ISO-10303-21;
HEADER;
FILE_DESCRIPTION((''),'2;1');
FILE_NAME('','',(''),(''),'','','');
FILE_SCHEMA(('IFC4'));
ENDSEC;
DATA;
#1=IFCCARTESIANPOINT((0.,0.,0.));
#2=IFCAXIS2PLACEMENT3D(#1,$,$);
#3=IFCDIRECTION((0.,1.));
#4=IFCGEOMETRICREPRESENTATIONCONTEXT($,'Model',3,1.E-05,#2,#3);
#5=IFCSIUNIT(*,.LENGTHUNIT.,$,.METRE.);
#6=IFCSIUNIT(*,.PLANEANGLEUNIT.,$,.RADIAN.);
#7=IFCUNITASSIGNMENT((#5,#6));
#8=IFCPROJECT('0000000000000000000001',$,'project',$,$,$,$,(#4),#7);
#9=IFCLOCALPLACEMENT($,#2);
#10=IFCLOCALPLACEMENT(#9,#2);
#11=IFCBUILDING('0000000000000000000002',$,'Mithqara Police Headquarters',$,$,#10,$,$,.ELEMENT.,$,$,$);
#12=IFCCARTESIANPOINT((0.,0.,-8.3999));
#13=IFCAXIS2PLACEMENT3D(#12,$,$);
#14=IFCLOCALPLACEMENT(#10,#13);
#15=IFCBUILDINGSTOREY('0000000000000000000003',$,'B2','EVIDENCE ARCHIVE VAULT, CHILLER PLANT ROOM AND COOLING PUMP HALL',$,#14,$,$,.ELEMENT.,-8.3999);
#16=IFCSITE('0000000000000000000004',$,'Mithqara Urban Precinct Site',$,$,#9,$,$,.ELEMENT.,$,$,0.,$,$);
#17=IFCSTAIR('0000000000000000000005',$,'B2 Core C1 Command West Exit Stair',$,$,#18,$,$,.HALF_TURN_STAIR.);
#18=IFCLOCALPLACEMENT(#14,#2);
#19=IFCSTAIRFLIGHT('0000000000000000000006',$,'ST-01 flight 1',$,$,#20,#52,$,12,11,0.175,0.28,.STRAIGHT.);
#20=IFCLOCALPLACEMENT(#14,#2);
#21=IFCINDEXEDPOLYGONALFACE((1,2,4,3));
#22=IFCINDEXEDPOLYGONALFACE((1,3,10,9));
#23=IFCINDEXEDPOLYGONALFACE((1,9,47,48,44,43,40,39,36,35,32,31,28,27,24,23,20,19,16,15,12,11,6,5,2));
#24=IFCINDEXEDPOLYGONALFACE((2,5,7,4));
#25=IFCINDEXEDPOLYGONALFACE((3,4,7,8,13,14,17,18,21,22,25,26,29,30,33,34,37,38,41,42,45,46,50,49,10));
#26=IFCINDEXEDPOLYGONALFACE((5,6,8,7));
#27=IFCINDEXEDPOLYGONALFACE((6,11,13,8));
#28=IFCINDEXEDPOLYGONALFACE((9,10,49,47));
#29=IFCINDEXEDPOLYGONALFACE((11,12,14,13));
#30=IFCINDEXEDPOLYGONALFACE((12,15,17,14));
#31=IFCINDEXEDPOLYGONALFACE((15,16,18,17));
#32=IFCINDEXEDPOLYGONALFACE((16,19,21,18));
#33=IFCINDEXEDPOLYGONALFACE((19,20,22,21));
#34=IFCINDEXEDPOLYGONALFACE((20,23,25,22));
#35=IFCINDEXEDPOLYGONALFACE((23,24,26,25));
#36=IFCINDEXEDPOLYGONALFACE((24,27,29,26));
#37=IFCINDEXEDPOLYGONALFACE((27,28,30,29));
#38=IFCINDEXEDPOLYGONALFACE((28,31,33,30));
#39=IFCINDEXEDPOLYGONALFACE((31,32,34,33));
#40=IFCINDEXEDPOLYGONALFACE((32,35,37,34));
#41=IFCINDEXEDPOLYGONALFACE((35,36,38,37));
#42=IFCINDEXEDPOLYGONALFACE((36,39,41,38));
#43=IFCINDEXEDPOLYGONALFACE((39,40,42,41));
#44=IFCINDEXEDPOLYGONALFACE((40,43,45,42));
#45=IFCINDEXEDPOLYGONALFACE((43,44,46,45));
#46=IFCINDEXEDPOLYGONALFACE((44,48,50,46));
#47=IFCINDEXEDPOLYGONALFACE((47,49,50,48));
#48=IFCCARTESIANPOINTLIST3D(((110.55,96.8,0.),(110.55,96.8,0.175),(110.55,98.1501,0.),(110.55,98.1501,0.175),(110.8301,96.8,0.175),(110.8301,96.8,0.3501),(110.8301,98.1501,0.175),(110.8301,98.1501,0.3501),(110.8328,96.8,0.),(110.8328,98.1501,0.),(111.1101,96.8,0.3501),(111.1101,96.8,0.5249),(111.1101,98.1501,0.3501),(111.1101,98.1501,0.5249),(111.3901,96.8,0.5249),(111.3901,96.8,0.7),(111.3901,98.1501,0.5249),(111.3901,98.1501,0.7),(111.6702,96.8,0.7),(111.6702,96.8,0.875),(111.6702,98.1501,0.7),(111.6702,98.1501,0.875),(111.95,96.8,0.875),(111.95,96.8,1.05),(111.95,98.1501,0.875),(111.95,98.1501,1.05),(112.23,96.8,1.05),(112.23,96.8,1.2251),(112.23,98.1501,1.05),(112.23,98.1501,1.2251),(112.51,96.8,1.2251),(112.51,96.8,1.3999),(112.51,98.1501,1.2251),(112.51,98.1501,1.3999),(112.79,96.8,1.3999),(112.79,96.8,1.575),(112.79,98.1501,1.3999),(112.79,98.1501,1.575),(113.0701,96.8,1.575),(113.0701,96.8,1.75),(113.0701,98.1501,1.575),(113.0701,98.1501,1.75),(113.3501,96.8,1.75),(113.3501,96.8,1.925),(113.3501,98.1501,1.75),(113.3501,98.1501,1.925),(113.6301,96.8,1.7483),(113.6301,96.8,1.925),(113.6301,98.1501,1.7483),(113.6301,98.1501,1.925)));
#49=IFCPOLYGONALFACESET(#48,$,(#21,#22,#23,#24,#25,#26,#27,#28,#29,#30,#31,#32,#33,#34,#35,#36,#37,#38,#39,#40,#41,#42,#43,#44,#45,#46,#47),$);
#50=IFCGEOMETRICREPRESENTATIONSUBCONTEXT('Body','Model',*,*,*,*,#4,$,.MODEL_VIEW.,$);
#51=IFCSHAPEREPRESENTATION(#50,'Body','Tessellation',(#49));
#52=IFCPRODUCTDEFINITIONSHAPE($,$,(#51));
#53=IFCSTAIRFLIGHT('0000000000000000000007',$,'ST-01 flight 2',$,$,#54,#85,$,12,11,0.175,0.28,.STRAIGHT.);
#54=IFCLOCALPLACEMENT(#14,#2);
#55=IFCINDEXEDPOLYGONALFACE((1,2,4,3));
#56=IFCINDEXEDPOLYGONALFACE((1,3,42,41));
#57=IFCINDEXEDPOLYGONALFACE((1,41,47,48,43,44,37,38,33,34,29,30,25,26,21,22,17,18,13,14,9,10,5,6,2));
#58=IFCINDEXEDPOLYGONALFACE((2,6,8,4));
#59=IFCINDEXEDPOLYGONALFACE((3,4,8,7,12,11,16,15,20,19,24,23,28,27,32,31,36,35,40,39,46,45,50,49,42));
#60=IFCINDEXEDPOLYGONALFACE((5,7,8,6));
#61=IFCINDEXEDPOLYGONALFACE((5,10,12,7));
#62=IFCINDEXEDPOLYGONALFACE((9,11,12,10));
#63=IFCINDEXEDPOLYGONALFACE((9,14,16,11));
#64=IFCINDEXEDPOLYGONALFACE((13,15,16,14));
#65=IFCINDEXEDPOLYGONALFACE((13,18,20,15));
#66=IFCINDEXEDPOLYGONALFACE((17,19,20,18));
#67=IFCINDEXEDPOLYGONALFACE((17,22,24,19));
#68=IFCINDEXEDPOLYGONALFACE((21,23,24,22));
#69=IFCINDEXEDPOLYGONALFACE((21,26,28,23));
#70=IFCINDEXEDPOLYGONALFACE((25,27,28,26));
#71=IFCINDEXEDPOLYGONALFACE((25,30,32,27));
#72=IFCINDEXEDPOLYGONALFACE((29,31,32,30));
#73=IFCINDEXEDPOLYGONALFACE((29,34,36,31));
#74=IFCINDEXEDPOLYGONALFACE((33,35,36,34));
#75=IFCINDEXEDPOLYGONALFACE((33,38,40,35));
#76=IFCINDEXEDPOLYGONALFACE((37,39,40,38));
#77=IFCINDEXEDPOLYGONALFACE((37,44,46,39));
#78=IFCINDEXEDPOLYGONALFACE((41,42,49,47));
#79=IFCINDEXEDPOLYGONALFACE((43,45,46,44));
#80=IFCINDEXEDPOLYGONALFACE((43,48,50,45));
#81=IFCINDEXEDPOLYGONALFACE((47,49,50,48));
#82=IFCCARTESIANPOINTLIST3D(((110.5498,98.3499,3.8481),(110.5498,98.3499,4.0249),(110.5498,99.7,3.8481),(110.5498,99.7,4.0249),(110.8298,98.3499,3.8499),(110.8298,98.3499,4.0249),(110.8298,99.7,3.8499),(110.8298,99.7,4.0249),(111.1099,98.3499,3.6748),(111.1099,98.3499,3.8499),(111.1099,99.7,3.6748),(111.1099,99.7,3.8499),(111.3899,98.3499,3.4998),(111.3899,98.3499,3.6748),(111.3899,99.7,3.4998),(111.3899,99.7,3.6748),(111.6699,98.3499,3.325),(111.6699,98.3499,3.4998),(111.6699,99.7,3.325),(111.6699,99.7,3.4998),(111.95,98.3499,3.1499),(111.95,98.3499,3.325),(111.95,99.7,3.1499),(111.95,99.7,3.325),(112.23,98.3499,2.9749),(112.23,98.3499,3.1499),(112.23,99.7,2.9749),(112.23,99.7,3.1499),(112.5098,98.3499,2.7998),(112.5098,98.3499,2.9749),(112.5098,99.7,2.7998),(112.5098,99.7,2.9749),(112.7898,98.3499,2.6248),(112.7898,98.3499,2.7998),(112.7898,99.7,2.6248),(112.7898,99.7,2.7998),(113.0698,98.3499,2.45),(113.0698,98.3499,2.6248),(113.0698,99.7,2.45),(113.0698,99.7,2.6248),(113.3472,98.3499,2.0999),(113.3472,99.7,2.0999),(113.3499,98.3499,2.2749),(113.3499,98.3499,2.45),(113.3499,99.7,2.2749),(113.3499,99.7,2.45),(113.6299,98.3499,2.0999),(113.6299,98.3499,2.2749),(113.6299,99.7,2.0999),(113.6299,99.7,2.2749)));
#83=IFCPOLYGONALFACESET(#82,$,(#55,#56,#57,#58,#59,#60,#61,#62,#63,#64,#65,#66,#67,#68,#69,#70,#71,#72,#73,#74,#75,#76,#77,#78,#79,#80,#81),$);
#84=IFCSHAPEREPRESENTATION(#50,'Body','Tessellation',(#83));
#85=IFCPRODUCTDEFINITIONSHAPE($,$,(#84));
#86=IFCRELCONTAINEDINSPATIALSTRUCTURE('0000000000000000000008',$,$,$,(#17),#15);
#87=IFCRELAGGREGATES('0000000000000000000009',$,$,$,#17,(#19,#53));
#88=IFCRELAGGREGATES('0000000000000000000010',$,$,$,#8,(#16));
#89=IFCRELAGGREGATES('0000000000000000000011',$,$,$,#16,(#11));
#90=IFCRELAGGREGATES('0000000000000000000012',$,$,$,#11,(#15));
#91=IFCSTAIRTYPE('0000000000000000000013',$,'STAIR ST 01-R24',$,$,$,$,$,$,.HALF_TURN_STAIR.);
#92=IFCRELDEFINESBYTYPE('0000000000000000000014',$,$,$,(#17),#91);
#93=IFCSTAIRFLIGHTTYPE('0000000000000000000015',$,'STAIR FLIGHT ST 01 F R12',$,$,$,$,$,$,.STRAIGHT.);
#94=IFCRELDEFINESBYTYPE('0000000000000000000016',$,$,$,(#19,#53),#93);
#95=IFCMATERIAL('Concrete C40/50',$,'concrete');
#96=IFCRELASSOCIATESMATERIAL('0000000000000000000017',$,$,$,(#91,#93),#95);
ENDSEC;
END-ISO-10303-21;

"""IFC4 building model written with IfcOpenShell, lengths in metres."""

from ifc_helpers import new_model, si_unit, direction, frame, origin, place, context, subcontext, project, spatial, polyline, outline, extrude, material, type_object, element, aggregate, save


model = new_model("IFC4")

# Units and contexts
model_context = context("Model", 3, precision=1e-05, world=origin(), true_north=direction((0.0, 1.0)))
body_context = subcontext(model_context, "Body", "Model", "MODEL_VIEW")
ifc_project = project(units=[si_unit("LENGTHUNIT", "METRE"), si_unit("PLANEANGLEUNIT", "RADIAN")], contexts=[model_context])

# Site, building, storey
site_placement = place(None, origin())
site = spatial("IfcSite", under=ifc_project, at=site_placement, Name="Mithqara Urban Precinct Site", CompositionType="ELEMENT", RefElevation=0.0)
building_placement = place(site_placement, origin())
building = spatial("IfcBuilding", under=site, at=building_placement, Name="Mithqara Police Headquarters", CompositionType="ELEMENT")
storey_placement = place(building_placement, frame((0.0, 0.0, -8.3999)))
storey = spatial("IfcBuildingStorey", under=building, at=storey_placement, Name="B2", Description="EVIDENCE ARCHIVE VAULT, CHILLER PLANT ROOM AND COOLING PUMP HALL", CompositionType="ELEMENT", Elevation=-8.3999)

# Shared definitions
ifc_material_1 = material(Name="Concrete C40/50", Category="concrete")

# Stair, stair flights
stair_type = type_object("IfcStairType", Name="STAIR ST 01-R24", PredefinedType="HALF_TURN_STAIR", material=ifc_material_1)
stair_placement = place(storey_placement, origin())
stair = element("IfcStair", 1, at=stair_placement, inside=storey, type_object=stair_type, Name="B2 Core C1 Command West Exit Stair", PredefinedType="HALF_TURN_STAIR")
stair_flight_type = type_object("IfcStairFlightType", Name="STAIR FLIGHT ST 01 F R12", PredefinedType="STRAIGHT", material=ifc_material_1)
stair_flight_1_placement = place(storey_placement, frame((110.55, 97.4751, 0.0), z_axis=(0.0, 0.0, 1.0), x_axis=(1.0, 0.0, 0.0)))
stair_flight_1 = element("IfcStairFlight", 2, at=stair_flight_1_placement, type_object=stair_flight_type, Name="ST-01 flight 1", NumberOfRisers=12, NumberOfTreads=11, PredefinedType="STRAIGHT", RiserHeight=0.175, TreadLength=0.28, context=body_context, shape_type="SweptSolid", body=[
    extrude(outline(polyline([(0.0, 0.0), (0.0, 0.175), (0.28, 0.175), (0.28, 0.3501), (0.5601, 0.3501), (0.5601, 0.5249), (0.8401, 0.5249), (0.8401, 0.7), (1.1201, 0.7), (1.1201, 0.875), (1.3999, 0.875), (1.3999, 1.05), (1.6799, 1.05), (1.6799, 1.2251), (1.96, 1.2251), (1.96, 1.3999), (2.24, 1.3999), (2.24, 1.575), (2.52, 1.575), (2.52, 1.75), (2.8, 1.75), (2.8, 1.925), (3.0801, 1.925), (3.0801, 2.1001), (3.0801, 1.7483), (0.2827, 0.0), (0.0, 0.0)])), frame((0.0, 0.675, 0.0), z_axis=(0.0, -1.0, 0.0), x_axis=(1.0, 0.0, 0.0)), (0.0, 0.0, 1.0), 1.3501),
])
stair_flight_2_placement = place(storey_placement, frame((113.6299, 99.0249, 2.0999), z_axis=(0.0, 0.0, 1.0), x_axis=(-1.0, 0.0, 0.0)))
stair_flight_2 = element("IfcStairFlight", 3, at=stair_flight_2_placement, type_object=stair_flight_type, Name="ST-01 flight 2", NumberOfRisers=12, NumberOfTreads=11, PredefinedType="STRAIGHT", RiserHeight=0.175, TreadLength=0.28, context=body_context, shape_type="SweptSolid", body=[
    extrude(outline(polyline([(0.0, 0.0), (0.0, 0.175), (0.28, 0.175), (0.28, 0.3501), (0.5601, 0.3501), (0.5601, 0.5249), (0.8401, 0.5249), (0.8401, 0.7), (1.1201, 0.7), (1.1201, 0.875), (1.3999, 0.875), (1.3999, 1.05), (1.6799, 1.05), (1.6799, 1.2251), (1.96, 1.2251), (1.96, 1.3999), (2.24, 1.3999), (2.24, 1.575), (2.52, 1.575), (2.52, 1.75), (2.8, 1.75), (2.8, 1.925), (3.0801, 1.925), (3.0801, 2.1001), (3.0801, 1.7483), (0.2827, 0.0), (0.0, 0.0)])), frame((0.0, 0.675, 0.0), z_axis=(0.0, -1.0, 0.0), x_axis=(1.0, 0.0, 0.0)), (0.0, 0.0, 1.0), 1.3501),
])
aggregate(stair, [stair_flight_1, stair_flight_2])

save(model, "model.ifc")
